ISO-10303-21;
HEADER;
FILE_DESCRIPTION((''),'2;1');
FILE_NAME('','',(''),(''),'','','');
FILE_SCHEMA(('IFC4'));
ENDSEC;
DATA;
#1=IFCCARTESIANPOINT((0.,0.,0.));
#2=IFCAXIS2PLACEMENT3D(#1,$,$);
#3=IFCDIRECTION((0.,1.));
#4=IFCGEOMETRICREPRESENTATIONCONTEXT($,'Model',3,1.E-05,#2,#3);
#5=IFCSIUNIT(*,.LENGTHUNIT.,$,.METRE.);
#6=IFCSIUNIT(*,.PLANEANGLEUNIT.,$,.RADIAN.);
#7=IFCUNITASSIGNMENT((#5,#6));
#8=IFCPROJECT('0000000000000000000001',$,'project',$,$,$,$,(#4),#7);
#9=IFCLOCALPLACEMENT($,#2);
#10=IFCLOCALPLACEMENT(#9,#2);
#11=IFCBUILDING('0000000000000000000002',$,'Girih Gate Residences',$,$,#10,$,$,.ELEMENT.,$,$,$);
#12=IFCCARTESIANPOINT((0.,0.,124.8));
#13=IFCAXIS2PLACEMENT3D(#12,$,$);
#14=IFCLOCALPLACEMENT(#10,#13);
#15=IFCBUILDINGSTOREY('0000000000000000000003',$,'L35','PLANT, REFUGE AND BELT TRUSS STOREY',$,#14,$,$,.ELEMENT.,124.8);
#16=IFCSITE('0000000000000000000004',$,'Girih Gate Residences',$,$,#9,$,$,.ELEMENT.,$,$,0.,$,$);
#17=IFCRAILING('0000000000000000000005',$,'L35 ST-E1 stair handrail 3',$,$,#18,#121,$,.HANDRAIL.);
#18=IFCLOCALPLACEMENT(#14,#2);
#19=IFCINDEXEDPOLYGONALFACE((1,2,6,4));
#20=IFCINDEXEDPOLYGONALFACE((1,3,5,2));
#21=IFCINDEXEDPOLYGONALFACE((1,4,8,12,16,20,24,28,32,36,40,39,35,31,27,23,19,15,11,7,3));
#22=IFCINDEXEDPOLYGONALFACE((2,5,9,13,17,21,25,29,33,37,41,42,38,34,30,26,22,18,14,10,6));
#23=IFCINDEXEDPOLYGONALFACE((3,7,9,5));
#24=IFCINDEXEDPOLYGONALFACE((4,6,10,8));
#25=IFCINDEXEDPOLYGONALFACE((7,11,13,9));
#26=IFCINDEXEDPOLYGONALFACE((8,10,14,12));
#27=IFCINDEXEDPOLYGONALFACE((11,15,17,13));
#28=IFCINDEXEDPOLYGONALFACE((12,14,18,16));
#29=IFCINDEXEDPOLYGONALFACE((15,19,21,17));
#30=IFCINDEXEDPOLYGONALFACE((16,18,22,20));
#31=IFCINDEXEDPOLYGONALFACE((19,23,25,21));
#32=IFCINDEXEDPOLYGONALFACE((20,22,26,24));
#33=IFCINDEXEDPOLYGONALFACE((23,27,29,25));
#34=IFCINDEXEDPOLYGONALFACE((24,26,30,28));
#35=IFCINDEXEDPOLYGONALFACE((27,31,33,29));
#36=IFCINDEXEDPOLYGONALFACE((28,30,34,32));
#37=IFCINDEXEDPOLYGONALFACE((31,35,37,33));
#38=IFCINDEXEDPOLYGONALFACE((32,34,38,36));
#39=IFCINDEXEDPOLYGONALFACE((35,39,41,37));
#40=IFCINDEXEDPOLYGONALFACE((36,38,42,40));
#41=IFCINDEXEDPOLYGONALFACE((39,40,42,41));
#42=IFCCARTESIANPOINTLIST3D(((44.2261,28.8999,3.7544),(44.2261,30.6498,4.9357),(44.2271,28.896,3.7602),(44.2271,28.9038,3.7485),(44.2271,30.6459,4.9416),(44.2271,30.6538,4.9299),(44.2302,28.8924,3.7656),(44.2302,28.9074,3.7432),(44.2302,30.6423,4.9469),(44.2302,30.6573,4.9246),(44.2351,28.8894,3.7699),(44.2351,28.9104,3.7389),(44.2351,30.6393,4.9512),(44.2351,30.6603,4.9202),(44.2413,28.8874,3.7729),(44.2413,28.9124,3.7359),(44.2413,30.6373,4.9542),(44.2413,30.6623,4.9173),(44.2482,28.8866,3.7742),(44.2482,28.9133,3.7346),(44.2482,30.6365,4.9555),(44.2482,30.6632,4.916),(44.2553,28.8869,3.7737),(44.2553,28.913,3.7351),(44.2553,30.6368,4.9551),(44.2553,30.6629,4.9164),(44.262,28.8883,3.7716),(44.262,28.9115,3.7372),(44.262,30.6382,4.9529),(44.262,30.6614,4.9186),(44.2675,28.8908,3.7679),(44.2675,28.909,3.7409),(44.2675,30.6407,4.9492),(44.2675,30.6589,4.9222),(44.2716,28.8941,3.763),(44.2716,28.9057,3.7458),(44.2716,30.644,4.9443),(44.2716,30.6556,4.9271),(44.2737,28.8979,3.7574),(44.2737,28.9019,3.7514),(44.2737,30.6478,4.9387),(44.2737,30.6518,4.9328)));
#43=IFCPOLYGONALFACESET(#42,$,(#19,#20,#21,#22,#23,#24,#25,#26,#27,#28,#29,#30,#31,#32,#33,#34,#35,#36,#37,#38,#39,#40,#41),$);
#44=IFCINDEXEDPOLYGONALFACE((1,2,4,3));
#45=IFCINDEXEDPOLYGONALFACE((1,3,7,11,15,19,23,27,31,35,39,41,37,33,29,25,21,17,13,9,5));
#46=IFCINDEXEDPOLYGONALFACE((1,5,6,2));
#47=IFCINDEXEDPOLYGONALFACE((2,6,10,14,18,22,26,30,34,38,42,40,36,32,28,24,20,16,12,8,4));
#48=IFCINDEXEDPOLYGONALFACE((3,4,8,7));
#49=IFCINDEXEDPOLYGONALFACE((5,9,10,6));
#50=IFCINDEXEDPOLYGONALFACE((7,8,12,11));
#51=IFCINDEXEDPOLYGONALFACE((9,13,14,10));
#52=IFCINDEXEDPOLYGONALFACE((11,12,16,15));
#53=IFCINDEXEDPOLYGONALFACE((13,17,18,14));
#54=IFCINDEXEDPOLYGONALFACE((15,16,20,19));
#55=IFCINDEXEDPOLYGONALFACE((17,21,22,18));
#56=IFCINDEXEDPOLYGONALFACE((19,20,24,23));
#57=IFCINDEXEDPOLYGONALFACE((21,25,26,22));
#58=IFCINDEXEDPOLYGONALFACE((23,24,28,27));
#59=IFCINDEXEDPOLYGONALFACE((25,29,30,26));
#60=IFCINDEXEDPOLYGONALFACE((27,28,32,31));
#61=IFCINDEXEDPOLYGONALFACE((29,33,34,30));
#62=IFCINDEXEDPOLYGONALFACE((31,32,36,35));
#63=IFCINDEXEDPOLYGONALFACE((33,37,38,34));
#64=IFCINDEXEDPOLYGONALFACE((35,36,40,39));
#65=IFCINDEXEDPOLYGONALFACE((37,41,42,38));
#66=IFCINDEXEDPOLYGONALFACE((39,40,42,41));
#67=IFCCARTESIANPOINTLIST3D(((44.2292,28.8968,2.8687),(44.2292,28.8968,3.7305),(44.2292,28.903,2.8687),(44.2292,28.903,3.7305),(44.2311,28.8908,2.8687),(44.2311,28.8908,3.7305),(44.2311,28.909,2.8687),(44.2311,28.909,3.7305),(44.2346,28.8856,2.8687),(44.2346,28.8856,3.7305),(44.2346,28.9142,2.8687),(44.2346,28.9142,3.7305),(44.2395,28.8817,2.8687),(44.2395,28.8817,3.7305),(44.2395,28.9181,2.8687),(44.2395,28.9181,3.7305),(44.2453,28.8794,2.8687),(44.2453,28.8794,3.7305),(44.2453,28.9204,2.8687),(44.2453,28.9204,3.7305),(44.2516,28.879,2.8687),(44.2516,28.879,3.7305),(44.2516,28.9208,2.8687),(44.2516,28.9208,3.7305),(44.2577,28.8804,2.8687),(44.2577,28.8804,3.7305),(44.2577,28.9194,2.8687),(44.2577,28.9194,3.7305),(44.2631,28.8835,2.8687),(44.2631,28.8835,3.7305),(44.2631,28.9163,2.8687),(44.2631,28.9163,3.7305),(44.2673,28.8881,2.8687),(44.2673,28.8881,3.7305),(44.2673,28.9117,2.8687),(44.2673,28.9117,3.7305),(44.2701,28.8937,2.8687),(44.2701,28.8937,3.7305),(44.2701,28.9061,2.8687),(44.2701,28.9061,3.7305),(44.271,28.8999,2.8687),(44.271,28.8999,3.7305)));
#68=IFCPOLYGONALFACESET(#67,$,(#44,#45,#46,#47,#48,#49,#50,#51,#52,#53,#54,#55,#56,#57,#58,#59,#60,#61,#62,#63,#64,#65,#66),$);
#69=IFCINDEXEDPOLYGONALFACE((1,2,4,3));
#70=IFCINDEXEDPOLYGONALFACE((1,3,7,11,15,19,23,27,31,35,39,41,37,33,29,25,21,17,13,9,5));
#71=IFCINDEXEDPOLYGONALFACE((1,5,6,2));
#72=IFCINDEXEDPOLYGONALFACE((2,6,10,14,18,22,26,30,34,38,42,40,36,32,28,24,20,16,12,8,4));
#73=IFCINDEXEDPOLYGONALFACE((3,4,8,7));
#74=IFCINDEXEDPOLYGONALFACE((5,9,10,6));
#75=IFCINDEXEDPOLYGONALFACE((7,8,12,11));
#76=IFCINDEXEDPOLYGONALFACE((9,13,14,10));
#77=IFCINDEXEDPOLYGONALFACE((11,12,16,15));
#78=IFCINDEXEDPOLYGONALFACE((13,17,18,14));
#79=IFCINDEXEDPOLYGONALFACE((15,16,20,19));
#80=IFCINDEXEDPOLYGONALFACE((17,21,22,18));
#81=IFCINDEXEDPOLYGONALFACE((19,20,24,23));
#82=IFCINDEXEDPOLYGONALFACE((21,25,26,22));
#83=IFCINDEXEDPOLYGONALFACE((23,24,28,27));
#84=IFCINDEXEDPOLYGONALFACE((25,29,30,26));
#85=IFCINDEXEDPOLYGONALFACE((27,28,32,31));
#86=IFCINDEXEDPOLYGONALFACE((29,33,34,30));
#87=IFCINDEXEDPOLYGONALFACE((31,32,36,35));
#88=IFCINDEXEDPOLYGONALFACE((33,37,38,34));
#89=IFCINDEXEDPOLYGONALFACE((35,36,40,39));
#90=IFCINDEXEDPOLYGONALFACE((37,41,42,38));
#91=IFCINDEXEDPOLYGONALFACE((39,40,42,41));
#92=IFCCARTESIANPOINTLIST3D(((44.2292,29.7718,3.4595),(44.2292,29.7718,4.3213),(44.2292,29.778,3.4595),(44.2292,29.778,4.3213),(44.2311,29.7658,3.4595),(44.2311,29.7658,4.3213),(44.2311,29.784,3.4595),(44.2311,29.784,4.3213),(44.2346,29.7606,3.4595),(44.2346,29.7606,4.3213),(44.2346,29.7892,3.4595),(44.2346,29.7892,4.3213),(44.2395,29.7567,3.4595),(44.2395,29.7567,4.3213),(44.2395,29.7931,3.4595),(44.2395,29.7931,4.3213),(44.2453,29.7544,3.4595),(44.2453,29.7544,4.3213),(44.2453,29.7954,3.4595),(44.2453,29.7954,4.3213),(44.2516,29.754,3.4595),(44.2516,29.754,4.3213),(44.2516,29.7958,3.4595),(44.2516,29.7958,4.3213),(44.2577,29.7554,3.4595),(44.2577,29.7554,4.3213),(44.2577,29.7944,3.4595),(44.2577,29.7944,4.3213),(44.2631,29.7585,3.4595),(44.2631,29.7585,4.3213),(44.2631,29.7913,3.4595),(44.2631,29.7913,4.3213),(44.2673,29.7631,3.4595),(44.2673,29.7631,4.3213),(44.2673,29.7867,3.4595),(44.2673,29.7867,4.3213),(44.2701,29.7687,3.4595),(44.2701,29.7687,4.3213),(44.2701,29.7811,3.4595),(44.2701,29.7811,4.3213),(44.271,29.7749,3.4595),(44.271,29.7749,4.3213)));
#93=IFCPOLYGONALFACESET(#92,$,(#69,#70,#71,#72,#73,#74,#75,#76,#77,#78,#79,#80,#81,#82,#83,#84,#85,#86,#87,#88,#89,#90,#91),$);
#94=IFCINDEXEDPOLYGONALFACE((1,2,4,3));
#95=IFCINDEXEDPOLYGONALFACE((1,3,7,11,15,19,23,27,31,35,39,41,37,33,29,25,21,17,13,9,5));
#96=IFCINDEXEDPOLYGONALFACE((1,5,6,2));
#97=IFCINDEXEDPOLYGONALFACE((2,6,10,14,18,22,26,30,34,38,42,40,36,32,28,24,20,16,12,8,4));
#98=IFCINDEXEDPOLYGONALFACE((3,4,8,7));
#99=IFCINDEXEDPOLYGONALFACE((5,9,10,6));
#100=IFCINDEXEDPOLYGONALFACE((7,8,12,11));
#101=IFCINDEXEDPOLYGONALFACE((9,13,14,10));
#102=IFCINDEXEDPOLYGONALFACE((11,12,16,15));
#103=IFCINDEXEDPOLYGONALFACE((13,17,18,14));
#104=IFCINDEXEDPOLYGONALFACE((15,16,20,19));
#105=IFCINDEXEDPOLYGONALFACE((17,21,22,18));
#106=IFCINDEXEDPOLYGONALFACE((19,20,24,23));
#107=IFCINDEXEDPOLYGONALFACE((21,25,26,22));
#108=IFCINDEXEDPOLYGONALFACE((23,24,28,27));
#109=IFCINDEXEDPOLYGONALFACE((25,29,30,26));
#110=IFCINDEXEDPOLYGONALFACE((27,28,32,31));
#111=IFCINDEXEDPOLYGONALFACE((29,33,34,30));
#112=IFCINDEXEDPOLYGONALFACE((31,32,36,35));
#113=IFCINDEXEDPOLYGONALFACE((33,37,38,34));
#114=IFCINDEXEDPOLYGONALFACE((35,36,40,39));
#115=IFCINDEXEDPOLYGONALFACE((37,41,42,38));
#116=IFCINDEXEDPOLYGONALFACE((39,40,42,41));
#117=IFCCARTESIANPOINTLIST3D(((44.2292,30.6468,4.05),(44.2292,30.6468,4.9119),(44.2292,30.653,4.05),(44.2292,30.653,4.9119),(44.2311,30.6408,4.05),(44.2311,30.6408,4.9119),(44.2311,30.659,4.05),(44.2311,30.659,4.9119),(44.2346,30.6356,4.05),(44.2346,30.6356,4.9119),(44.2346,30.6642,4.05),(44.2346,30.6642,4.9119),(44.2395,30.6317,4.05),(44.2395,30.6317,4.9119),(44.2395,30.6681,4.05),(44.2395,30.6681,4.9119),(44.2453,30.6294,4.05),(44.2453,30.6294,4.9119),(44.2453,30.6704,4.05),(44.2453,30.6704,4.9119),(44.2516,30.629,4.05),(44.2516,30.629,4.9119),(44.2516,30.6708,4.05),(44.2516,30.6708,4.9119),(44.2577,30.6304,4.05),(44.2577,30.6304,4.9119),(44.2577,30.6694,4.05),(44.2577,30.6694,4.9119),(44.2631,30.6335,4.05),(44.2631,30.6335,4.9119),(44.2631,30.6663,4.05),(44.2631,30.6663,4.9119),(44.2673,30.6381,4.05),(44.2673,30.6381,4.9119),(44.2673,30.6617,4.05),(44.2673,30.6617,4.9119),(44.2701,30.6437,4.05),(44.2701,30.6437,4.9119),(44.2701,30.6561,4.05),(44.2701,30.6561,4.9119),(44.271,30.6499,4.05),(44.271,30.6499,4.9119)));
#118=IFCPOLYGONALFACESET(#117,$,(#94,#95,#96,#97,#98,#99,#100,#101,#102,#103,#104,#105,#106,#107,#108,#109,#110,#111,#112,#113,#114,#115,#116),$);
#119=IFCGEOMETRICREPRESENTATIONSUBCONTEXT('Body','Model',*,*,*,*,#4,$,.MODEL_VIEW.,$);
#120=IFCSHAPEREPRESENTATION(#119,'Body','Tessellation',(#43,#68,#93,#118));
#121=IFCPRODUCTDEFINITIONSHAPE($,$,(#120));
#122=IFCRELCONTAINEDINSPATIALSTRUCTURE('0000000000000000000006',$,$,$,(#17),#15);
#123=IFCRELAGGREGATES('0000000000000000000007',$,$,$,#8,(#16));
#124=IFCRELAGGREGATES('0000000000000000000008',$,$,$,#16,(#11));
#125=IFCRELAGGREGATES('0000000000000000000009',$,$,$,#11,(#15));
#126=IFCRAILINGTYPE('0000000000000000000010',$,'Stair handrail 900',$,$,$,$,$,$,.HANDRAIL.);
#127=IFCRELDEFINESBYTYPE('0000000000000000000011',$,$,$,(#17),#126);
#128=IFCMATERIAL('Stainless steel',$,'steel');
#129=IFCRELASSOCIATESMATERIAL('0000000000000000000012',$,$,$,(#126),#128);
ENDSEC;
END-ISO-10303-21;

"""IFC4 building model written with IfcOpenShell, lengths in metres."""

from ifc_helpers import new_model, si_unit, direction, frame, origin, origin_2d, place, context, subcontext, project, spatial, circle, extrude, material, type_object, element, save


model = new_model("IFC4")

# Units and contexts
model_context = context("Model", 3, precision=1e-05, world=origin(), true_north=direction((0.0, 1.0)))
body_context = subcontext(model_context, "Body", "Model", "MODEL_VIEW")
ifc_project = project(units=[si_unit("LENGTHUNIT", "METRE"), si_unit("PLANEANGLEUNIT", "RADIAN")], contexts=[model_context])

# Site, building, storey
site_placement = place(None, origin())
site = spatial("IfcSite", under=ifc_project, at=site_placement, Name="Girih Gate Residences", CompositionType="ELEMENT", RefElevation=0.0)
building_placement = place(site_placement, origin())
building = spatial("IfcBuilding", under=site, at=building_placement, Name="Girih Gate Residences", CompositionType="ELEMENT")
storey_placement = place(building_placement, frame((0.0, 0.0, 124.8)))
storey = spatial("IfcBuildingStorey", under=building, at=storey_placement, Name="L35", Description="PLANT, REFUGE AND BELT TRUSS STOREY", CompositionType="ELEMENT", Elevation=124.8)

# Railing
ifc_material_1 = material(Name="Stainless steel", Category="steel")
railing_type_1 = type_object("IfcRailingType", Name="Stair handrail 900", PredefinedType="HANDRAIL", material=ifc_material_1)
railing_1_placement = place(storey_placement, frame((44.25, 28.8999, 2.8687)))
element("IfcRailing", 1, at=railing_1_placement, inside=storey, type_object=railing_type_1, Name="L35 ST-E1 stair handrail 3", PredefinedType="HANDRAIL", context=body_context, shape_type="SweptSolid", body=[
    extrude(circle(Radius=0.0239, at=origin_2d()), frame((0.0, 0.0, 0.8857), z_axis=(0.0, 0.828817, 0.559521), x_axis=(-1.0, 0.0, 0.0)), (0.0, 0.0, 1.0), 2.1113),
    extrude(circle(Radius=0.021, at=origin_2d()), origin(), (0.0, 0.0, 1.0), 0.8618),
    extrude(circle(Radius=0.021, at=origin_2d()), frame((0.0, 0.875, 0.5908)), (0.0, 0.0, 1.0), 0.8618),
    extrude(circle(Radius=0.021, at=origin_2d()), frame((0.0, 1.75, 1.1814)), (0.0, 0.0, 1.0), 0.8618),
])

save(model, "model.ifc")
